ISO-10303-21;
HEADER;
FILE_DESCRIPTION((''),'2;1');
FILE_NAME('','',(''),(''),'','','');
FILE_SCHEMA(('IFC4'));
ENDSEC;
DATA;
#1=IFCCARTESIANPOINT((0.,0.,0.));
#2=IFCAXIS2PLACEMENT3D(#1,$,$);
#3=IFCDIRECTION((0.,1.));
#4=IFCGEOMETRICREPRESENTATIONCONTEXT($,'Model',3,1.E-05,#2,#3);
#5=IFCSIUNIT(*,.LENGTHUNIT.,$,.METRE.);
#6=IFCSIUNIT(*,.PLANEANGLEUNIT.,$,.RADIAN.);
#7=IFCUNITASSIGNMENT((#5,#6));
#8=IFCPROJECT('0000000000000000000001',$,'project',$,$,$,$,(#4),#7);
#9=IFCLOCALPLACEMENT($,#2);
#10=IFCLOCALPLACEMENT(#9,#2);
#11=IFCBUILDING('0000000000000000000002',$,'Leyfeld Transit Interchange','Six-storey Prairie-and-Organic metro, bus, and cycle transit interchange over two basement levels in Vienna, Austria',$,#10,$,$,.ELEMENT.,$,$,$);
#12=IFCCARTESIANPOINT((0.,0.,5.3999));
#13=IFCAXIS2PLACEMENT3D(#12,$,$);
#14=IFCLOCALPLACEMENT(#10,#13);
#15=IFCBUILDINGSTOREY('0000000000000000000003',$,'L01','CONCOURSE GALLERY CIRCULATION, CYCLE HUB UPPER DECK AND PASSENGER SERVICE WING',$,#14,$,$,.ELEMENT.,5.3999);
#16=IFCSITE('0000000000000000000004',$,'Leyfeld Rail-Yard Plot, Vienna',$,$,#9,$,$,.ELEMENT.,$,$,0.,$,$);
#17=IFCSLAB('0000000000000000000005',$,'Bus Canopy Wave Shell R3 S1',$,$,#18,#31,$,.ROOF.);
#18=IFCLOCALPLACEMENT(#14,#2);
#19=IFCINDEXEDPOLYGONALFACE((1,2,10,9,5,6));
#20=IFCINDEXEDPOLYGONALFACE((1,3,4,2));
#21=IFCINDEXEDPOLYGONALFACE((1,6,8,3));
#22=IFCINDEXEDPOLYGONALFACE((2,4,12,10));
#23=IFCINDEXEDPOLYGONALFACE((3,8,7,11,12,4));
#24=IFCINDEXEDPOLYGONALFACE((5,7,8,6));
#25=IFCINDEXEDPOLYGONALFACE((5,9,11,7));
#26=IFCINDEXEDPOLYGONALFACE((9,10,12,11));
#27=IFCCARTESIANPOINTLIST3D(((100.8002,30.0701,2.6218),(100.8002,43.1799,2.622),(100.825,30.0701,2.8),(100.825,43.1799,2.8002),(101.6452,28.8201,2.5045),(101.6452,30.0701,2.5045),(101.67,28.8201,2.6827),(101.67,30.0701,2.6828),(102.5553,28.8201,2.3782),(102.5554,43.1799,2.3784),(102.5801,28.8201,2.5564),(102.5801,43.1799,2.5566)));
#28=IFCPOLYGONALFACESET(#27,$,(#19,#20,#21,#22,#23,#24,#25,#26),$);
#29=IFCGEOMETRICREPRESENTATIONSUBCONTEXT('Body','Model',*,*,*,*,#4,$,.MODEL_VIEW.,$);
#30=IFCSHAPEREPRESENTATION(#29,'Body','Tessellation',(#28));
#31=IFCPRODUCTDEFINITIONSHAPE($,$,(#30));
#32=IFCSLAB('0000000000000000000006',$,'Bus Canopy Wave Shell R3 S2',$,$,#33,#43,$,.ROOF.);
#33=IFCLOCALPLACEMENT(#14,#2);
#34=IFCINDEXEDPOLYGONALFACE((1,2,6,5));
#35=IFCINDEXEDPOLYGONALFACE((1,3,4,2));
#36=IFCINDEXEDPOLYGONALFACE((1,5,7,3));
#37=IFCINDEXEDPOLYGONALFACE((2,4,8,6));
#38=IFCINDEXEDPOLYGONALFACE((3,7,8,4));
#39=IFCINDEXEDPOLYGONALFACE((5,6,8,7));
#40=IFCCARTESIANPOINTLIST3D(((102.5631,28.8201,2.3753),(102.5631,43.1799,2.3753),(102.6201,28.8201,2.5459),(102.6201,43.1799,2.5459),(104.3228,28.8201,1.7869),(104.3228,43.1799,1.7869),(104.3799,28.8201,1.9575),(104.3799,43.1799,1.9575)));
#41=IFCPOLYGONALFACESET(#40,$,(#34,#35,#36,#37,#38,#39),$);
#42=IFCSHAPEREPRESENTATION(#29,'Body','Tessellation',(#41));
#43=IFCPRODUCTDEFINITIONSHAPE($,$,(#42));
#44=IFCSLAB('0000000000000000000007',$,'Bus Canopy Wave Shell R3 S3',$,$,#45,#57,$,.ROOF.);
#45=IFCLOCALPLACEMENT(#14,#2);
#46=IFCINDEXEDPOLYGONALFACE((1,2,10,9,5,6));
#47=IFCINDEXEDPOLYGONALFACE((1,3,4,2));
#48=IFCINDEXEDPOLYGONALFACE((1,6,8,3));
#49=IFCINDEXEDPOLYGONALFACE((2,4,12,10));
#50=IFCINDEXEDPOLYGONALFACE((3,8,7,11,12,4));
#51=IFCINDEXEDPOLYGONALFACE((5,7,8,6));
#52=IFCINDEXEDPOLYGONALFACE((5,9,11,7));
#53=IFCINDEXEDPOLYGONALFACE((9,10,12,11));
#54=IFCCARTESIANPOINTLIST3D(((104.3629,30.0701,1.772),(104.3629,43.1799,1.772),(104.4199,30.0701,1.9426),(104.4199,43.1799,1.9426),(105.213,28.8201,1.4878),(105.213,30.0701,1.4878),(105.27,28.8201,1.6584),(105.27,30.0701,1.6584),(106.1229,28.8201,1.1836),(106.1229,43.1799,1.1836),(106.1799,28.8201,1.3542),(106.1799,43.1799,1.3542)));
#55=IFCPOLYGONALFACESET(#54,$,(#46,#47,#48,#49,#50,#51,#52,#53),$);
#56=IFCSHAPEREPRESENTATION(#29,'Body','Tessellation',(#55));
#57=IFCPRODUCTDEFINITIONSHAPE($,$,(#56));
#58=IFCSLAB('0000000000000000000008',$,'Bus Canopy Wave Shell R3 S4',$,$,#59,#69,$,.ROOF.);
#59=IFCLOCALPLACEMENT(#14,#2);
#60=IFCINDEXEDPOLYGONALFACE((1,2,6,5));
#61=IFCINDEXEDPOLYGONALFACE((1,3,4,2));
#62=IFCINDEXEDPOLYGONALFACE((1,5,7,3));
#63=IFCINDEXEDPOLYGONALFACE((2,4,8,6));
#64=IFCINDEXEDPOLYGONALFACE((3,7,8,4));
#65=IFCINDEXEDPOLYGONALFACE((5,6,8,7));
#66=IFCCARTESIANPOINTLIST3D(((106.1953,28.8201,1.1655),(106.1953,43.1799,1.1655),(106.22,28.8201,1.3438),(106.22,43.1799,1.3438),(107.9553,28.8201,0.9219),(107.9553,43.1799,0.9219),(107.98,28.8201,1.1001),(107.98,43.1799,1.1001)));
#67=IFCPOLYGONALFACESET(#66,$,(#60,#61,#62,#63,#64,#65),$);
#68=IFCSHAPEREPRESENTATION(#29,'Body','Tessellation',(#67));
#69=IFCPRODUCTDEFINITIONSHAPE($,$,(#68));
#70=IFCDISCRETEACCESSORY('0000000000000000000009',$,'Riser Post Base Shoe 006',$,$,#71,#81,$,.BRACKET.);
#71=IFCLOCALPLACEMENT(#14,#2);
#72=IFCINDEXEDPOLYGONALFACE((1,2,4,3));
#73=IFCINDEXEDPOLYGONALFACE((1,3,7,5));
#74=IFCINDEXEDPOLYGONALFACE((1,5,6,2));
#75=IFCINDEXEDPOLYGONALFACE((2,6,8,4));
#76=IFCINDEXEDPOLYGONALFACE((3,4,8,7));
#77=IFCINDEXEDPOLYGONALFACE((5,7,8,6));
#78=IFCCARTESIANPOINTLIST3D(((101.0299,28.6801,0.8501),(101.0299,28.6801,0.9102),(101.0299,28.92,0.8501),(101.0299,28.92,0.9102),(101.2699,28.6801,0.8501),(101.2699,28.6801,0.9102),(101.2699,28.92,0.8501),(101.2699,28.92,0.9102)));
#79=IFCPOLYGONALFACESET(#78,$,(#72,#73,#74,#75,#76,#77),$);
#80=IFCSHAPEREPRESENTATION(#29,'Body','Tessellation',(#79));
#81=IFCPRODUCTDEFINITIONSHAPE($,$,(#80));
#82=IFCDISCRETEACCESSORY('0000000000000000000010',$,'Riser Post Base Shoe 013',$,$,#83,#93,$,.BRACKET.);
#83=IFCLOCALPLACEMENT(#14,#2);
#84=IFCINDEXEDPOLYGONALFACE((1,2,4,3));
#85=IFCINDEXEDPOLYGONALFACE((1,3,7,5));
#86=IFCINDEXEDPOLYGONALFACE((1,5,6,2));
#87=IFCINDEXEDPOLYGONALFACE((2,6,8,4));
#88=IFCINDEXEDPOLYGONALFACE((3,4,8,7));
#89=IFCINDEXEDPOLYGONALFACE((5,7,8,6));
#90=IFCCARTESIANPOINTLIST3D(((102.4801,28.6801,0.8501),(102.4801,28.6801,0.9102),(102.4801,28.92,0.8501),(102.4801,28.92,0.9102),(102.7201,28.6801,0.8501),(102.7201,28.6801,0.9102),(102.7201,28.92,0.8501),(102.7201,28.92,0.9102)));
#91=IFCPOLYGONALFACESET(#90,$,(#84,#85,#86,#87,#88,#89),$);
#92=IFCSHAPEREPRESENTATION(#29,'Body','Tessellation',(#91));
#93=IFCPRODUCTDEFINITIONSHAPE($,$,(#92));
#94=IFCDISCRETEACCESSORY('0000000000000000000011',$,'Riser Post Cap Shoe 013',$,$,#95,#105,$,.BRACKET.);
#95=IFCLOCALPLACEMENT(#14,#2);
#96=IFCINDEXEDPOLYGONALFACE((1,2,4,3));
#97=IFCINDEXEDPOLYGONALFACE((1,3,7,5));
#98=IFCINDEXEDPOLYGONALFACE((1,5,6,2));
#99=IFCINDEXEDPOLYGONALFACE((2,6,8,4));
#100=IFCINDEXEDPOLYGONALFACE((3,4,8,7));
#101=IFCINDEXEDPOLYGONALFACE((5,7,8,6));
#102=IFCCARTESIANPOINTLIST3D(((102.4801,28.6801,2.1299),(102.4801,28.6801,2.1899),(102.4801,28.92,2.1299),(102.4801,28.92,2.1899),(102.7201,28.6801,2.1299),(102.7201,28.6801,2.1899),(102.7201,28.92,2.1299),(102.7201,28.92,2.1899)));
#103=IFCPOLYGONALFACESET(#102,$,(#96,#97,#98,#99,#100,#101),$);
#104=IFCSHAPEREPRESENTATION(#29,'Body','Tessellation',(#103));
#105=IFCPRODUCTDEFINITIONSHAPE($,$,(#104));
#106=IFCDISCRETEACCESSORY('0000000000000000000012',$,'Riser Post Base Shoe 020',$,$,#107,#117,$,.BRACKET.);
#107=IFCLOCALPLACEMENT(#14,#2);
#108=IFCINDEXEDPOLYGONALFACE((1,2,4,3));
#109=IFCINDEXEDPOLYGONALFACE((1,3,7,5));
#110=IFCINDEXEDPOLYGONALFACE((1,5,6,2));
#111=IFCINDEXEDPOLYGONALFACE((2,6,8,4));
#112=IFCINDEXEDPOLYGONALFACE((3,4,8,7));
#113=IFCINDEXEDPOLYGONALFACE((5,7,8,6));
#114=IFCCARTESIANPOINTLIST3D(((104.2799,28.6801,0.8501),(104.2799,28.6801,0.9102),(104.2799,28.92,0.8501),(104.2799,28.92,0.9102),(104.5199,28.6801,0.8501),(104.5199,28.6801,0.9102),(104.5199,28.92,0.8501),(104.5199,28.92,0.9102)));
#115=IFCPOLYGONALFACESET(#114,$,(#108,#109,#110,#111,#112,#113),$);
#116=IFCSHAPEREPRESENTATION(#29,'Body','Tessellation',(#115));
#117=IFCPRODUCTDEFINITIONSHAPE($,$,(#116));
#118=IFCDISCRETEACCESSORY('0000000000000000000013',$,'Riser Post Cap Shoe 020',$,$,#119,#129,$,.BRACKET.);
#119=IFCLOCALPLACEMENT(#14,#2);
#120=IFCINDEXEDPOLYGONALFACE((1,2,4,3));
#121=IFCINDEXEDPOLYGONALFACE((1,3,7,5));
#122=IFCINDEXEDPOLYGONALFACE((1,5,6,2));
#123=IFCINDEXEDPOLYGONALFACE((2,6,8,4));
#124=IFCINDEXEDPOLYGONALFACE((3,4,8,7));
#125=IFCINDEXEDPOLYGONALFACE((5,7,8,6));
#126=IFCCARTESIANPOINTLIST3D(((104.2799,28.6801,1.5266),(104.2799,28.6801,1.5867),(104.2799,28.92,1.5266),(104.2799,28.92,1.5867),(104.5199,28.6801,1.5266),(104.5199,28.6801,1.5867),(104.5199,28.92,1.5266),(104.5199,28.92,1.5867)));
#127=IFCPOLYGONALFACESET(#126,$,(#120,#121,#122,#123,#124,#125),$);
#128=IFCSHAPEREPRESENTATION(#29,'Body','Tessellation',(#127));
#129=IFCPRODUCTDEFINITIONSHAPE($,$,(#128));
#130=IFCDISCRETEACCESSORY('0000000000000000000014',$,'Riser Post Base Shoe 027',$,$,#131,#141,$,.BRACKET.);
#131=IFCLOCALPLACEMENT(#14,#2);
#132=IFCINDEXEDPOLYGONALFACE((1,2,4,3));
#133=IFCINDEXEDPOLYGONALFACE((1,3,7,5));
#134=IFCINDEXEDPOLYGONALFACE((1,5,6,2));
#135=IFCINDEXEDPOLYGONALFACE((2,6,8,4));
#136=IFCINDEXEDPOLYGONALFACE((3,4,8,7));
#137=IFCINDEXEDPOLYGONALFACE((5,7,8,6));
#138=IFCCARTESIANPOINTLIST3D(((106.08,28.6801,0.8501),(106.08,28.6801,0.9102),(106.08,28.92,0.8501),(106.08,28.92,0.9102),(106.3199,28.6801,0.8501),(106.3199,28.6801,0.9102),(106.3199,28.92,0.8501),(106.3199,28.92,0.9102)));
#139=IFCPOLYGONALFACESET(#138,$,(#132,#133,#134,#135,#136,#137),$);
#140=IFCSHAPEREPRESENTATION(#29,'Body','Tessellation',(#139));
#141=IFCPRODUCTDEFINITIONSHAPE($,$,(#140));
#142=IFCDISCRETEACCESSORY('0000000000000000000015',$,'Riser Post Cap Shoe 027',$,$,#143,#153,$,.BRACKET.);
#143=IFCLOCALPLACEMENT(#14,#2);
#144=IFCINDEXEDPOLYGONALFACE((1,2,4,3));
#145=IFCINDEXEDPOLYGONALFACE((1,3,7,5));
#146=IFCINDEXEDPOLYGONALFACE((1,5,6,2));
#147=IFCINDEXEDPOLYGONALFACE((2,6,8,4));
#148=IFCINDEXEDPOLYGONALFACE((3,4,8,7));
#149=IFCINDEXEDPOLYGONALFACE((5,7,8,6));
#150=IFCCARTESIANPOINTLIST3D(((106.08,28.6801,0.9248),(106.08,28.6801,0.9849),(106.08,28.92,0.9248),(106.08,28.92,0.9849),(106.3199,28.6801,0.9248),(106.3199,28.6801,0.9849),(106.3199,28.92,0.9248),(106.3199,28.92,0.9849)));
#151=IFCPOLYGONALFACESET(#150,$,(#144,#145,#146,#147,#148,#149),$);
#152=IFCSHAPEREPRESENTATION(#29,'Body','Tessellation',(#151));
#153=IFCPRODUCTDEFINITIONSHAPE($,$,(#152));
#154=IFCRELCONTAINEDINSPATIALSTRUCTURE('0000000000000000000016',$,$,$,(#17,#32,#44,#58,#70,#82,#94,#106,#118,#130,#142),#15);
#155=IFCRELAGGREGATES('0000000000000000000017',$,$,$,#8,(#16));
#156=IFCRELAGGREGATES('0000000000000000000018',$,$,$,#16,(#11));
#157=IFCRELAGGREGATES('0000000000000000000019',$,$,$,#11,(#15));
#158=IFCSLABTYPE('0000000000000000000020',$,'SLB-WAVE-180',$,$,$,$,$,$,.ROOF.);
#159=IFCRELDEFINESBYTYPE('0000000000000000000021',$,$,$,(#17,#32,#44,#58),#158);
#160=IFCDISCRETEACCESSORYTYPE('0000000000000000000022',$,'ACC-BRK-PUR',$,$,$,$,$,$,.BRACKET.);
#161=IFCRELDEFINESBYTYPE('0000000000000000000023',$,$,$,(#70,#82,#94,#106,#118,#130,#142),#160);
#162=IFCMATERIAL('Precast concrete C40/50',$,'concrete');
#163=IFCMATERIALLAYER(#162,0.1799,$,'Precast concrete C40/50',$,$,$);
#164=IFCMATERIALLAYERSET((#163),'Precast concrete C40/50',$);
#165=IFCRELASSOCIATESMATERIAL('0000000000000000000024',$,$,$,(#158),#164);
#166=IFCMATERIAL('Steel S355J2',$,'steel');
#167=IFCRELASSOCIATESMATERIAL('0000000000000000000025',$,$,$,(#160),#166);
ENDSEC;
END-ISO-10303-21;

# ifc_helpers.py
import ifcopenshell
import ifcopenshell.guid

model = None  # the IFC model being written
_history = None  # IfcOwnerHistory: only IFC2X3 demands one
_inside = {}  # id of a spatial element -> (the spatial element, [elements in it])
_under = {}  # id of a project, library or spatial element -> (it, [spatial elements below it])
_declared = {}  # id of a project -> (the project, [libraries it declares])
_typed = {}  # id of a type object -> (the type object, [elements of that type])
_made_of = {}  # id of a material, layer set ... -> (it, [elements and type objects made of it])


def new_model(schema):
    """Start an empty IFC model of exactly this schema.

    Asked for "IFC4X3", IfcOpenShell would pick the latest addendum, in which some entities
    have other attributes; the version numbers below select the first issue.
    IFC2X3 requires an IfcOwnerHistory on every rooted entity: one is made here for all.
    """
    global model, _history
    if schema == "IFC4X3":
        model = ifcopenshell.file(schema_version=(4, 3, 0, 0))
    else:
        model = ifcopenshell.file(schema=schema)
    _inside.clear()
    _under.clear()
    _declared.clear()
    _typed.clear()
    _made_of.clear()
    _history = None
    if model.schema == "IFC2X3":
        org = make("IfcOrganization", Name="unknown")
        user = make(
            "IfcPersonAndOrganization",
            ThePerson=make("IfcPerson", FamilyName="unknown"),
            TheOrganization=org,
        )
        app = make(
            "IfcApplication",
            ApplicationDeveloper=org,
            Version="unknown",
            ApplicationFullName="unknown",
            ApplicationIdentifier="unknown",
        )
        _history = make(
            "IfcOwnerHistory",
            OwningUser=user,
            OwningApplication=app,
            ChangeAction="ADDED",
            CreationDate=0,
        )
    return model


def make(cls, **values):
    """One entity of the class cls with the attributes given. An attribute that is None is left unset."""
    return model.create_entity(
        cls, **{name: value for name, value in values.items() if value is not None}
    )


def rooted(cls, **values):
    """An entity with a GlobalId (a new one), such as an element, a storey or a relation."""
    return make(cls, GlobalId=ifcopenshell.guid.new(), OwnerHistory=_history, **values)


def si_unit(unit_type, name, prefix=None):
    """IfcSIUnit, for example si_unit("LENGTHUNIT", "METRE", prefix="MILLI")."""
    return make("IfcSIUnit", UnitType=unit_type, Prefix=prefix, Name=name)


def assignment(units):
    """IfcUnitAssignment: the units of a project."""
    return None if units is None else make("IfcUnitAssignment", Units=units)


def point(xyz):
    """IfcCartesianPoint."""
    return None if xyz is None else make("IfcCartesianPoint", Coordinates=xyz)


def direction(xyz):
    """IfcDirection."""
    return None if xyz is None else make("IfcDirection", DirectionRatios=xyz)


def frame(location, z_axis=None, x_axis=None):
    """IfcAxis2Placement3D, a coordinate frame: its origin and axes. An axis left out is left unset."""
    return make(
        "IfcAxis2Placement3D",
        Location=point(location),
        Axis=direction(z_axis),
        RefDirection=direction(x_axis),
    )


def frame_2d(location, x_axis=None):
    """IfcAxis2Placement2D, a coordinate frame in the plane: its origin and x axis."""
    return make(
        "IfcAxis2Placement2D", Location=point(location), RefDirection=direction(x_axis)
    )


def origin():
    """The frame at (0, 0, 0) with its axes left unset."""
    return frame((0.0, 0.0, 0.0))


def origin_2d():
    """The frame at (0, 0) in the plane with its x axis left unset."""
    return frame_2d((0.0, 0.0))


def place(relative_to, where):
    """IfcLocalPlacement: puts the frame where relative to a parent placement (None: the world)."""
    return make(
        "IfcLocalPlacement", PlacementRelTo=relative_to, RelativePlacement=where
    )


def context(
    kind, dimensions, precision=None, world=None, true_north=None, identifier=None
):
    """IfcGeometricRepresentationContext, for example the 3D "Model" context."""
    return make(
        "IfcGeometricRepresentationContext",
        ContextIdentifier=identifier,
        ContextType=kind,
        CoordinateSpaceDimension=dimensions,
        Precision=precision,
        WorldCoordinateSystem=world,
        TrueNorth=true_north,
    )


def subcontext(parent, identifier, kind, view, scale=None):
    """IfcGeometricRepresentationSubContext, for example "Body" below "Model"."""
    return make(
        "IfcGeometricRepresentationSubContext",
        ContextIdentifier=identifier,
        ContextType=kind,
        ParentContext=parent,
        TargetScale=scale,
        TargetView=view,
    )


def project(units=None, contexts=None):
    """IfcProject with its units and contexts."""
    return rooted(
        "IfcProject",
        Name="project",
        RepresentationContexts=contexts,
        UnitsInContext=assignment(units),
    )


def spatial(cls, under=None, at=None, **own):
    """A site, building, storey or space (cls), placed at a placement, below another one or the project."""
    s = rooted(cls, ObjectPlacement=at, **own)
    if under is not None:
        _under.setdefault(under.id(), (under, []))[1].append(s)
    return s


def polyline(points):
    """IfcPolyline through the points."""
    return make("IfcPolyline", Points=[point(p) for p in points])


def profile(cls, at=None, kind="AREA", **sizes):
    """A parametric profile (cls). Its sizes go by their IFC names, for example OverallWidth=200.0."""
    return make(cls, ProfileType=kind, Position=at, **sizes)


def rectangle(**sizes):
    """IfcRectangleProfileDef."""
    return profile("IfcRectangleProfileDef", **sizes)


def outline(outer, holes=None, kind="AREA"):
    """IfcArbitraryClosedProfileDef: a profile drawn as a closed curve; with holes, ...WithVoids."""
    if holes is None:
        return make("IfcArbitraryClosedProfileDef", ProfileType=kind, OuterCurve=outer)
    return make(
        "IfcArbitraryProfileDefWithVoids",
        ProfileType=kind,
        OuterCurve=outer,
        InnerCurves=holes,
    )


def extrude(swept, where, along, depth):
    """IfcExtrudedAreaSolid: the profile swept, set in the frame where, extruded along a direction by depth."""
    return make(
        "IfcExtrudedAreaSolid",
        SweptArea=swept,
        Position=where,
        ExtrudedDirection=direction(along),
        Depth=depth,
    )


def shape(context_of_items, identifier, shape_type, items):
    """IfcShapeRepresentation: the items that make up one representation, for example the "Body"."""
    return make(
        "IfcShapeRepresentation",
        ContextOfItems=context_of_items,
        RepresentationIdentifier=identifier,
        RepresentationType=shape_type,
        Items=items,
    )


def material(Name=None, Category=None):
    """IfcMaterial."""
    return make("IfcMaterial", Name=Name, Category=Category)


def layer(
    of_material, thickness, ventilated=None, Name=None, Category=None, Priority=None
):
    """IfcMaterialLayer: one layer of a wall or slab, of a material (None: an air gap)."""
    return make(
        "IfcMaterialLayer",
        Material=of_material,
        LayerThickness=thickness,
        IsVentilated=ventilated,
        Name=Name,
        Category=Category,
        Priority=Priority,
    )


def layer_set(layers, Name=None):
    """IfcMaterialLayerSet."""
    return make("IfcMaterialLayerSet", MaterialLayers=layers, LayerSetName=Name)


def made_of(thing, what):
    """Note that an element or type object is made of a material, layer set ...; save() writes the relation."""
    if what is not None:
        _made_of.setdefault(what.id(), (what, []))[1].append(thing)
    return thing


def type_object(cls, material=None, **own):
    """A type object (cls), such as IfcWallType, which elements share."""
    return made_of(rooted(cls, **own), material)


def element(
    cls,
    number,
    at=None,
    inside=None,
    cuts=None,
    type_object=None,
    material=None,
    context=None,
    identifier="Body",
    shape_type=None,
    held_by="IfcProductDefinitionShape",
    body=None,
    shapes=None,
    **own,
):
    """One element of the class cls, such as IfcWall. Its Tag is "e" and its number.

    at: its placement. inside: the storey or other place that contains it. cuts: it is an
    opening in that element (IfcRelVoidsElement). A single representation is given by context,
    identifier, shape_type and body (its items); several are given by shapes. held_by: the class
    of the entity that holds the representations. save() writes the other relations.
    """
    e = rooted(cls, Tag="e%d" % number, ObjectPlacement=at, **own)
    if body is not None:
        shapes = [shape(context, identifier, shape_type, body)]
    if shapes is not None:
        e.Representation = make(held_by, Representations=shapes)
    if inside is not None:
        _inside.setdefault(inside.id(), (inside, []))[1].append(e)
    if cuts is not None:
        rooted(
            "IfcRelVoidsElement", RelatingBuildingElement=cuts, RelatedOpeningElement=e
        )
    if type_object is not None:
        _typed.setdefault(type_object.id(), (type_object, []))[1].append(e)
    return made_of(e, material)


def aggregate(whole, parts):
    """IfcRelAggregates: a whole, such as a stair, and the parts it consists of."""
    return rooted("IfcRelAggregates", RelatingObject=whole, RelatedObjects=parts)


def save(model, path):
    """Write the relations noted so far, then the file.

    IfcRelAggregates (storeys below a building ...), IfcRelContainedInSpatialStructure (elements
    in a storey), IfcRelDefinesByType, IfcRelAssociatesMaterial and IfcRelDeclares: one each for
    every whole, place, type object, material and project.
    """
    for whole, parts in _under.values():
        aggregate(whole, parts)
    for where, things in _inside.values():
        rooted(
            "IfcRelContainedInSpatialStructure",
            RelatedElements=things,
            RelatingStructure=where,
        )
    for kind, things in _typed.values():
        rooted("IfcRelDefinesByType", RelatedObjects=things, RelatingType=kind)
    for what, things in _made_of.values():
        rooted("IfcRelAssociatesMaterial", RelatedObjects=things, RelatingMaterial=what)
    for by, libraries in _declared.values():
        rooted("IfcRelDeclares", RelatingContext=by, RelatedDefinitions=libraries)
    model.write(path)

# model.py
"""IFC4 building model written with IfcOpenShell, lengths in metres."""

from ifc_helpers import new_model, si_unit, direction, frame, origin, origin_2d, place, context, subcontext, project, spatial, polyline, rectangle, outline, extrude, material, layer, layer_set, type_object, element, save


model = new_model("IFC4")

# Units and contexts
model_context = context("Model", 3, precision=1e-05, world=origin(), true_north=direction((0.0, 1.0)))
body_context = subcontext(model_context, "Body", "Model", "MODEL_VIEW")
ifc_project = project(units=[si_unit("LENGTHUNIT", "METRE"), si_unit("PLANEANGLEUNIT", "RADIAN")], contexts=[model_context])

# Site, building, storey
site_placement = place(None, origin())
site = spatial("IfcSite", under=ifc_project, at=site_placement, Name="Leyfeld Rail-Yard Plot, Vienna", CompositionType="ELEMENT", RefElevation=0.0)
building_placement = place(site_placement, origin())
building = spatial("IfcBuilding", under=site, at=building_placement, Name="Leyfeld Transit Interchange", Description="Six-storey Prairie-and-Organic metro, bus, and cycle transit interchange over two basement levels in Vienna, Austria", CompositionType="ELEMENT")
storey_placement = place(building_placement, frame((0.0, 0.0, 5.3999)))
storey = spatial("IfcBuildingStorey", under=building, at=storey_placement, Name="L01", Description="CONCOURSE GALLERY CIRCULATION, CYCLE HUB UPPER DECK AND PASSENGER SERVICE WING", CompositionType="ELEMENT", Elevation=5.3999)

# Shared definitions
ifc_material_1 = material(Name="Steel S355J2", Category="steel")

# Slabs
ifc_material_2 = material(Name="Precast concrete C40/50", Category="concrete")
ifc_layer_1 = layer(ifc_material_2, 0.1799, Name="Precast concrete C40/50")
ifc_layer_set_1 = layer_set([ifc_layer_1], Name="Precast concrete C40/50")
slab_type = type_object("IfcSlabType", Name="SLB-WAVE-180", PredefinedType="ROOF", material=ifc_layer_set_1)
slab_1_placement = place(storey_placement, frame((100.825, 30.0701, 2.8), z_axis=(0.137486, -0.000013, 0.990504), x_axis=(0.990504, 0.0, -0.137486)))
element("IfcSlab", 1, at=slab_1_placement, inside=storey, type_object=slab_type, Name="Bus Canopy Wave Shell R3 S1", PredefinedType="ROOF", context=body_context, shape_type="SweptSolid", body=[
    extrude(outline(polyline([(0.0, 0.0), (0.8531, 0.0), (0.8531, -1.25), (1.772, -1.25), (1.772, 13.1099), (0.0, 13.1099), (0.0, 0.0)])), origin(), (0.0, 0.0, -1.0), 0.1799),
])
slab_2_placement = place(storey_placement, frame((102.6201, 28.8201, 2.5459), z_axis=(0.317096, 0.0, 0.948393), x_axis=(0.948393, 0.0, -0.317096)))
element("IfcSlab", 2, at=slab_2_placement, inside=storey, type_object=slab_type, Name="Bus Canopy Wave Shell R3 S2", PredefinedType="ROOF", context=body_context, shape_type="SweptSolid", body=[
    extrude(outline(polyline([(0.0, 0.0), (1.8555, 0.0), (1.8555, 14.3599), (0.0, 14.3599), (0.0, 0.0)])), origin(), (0.0, 0.0, -1.0), 0.1799),
])
slab_3_placement = place(storey_placement, frame((104.4199, 30.0701, 1.9426), z_axis=(0.317057, 0.0, 0.948406), x_axis=(0.948406, 0.0, -0.317057)))
element("IfcSlab", 3, at=slab_3_placement, inside=storey, type_object=slab_type, Name="Bus Canopy Wave Shell R3 S3", PredefinedType="ROOF", context=body_context, shape_type="SweptSolid", body=[
    extrude(outline(polyline([(0.0, 0.0), (0.8963, 0.0), (0.8963, -1.25), (1.8558, -1.25), (1.8558, 13.1099), (0.0, 13.1099), (0.0, 0.0)])), origin(), (0.0, 0.0, -1.0), 0.1799),
])
slab_4_placement = place(storey_placement, frame((106.22, 28.8201, 1.3438), z_axis=(0.13713, 0.0, 0.990553), x_axis=(0.990553, 0.0, -0.13713)))
element("IfcSlab", 4, at=slab_4_placement, inside=storey, type_object=slab_type, Name="Bus Canopy Wave Shell R3 S4", PredefinedType="ROOF", context=body_context, shape_type="SweptSolid", body=[
    extrude(outline(polyline([(0.0, 0.0), (1.7768, 0.0), (1.7768, 14.3599), (0.0, 14.3599), (0.0, 0.0)])), origin(), (0.0, 0.0, -1.0), 0.1799),
])

# Discrete accessories
discrete_accessory_type = type_object("IfcDiscreteAccessoryType", Name="ACC-BRK-PUR", PredefinedType="BRACKET", material=ifc_material_1)
for number, where, z_axis, x_axis, name in (
    (5, (101.1499, 28.8, 0.8501), (0.0, 0.0, 1.0), (1.0, 0.0, 0.0), "Riser Post Base Shoe 006"),
    (6, (102.6001, 28.8, 0.8501), (0.0, 0.0, 1.0), (1.0, 0.0, 0.0), "Riser Post Base Shoe 013"),
    (7, (102.6001, 28.8, 2.1299), (0.0, 0.0, 1.0), (1.0, 0.0, 0.0), "Riser Post Cap Shoe 013"),
    (8, (104.3999, 28.8, 0.8501), (0.0, 0.0, 1.0), (1.0, 0.0, 0.0), "Riser Post Base Shoe 020"),
    (9, (104.3999, 28.8, 1.5266), (0.0, 0.0, 1.0), (1.0, 0.0, 0.0), "Riser Post Cap Shoe 020"),
    (10, (106.2, 28.8, 0.8501), (0.0, 0.0, 1.0), (1.0, 0.0, 0.0), "Riser Post Base Shoe 027"),
    (11, (106.2, 28.8, 0.9248), (0.0, 0.0, 1.0), (1.0, 0.0, 0.0), "Riser Post Cap Shoe 027"),
):
    element("IfcDiscreteAccessory", number, at=place(storey_placement, frame(where, z_axis=z_axis, x_axis=x_axis)), inside=storey, type_object=discrete_accessory_type, Name=name, PredefinedType="BRACKET", context=body_context, shape_type="SweptSolid", body=[
        extrude(rectangle(XDim=0.24, YDim=0.24, at=origin_2d()), origin(), (0.0, 0.0, 1.0), 0.0601),
    ])

save(model, "model.ifc")
